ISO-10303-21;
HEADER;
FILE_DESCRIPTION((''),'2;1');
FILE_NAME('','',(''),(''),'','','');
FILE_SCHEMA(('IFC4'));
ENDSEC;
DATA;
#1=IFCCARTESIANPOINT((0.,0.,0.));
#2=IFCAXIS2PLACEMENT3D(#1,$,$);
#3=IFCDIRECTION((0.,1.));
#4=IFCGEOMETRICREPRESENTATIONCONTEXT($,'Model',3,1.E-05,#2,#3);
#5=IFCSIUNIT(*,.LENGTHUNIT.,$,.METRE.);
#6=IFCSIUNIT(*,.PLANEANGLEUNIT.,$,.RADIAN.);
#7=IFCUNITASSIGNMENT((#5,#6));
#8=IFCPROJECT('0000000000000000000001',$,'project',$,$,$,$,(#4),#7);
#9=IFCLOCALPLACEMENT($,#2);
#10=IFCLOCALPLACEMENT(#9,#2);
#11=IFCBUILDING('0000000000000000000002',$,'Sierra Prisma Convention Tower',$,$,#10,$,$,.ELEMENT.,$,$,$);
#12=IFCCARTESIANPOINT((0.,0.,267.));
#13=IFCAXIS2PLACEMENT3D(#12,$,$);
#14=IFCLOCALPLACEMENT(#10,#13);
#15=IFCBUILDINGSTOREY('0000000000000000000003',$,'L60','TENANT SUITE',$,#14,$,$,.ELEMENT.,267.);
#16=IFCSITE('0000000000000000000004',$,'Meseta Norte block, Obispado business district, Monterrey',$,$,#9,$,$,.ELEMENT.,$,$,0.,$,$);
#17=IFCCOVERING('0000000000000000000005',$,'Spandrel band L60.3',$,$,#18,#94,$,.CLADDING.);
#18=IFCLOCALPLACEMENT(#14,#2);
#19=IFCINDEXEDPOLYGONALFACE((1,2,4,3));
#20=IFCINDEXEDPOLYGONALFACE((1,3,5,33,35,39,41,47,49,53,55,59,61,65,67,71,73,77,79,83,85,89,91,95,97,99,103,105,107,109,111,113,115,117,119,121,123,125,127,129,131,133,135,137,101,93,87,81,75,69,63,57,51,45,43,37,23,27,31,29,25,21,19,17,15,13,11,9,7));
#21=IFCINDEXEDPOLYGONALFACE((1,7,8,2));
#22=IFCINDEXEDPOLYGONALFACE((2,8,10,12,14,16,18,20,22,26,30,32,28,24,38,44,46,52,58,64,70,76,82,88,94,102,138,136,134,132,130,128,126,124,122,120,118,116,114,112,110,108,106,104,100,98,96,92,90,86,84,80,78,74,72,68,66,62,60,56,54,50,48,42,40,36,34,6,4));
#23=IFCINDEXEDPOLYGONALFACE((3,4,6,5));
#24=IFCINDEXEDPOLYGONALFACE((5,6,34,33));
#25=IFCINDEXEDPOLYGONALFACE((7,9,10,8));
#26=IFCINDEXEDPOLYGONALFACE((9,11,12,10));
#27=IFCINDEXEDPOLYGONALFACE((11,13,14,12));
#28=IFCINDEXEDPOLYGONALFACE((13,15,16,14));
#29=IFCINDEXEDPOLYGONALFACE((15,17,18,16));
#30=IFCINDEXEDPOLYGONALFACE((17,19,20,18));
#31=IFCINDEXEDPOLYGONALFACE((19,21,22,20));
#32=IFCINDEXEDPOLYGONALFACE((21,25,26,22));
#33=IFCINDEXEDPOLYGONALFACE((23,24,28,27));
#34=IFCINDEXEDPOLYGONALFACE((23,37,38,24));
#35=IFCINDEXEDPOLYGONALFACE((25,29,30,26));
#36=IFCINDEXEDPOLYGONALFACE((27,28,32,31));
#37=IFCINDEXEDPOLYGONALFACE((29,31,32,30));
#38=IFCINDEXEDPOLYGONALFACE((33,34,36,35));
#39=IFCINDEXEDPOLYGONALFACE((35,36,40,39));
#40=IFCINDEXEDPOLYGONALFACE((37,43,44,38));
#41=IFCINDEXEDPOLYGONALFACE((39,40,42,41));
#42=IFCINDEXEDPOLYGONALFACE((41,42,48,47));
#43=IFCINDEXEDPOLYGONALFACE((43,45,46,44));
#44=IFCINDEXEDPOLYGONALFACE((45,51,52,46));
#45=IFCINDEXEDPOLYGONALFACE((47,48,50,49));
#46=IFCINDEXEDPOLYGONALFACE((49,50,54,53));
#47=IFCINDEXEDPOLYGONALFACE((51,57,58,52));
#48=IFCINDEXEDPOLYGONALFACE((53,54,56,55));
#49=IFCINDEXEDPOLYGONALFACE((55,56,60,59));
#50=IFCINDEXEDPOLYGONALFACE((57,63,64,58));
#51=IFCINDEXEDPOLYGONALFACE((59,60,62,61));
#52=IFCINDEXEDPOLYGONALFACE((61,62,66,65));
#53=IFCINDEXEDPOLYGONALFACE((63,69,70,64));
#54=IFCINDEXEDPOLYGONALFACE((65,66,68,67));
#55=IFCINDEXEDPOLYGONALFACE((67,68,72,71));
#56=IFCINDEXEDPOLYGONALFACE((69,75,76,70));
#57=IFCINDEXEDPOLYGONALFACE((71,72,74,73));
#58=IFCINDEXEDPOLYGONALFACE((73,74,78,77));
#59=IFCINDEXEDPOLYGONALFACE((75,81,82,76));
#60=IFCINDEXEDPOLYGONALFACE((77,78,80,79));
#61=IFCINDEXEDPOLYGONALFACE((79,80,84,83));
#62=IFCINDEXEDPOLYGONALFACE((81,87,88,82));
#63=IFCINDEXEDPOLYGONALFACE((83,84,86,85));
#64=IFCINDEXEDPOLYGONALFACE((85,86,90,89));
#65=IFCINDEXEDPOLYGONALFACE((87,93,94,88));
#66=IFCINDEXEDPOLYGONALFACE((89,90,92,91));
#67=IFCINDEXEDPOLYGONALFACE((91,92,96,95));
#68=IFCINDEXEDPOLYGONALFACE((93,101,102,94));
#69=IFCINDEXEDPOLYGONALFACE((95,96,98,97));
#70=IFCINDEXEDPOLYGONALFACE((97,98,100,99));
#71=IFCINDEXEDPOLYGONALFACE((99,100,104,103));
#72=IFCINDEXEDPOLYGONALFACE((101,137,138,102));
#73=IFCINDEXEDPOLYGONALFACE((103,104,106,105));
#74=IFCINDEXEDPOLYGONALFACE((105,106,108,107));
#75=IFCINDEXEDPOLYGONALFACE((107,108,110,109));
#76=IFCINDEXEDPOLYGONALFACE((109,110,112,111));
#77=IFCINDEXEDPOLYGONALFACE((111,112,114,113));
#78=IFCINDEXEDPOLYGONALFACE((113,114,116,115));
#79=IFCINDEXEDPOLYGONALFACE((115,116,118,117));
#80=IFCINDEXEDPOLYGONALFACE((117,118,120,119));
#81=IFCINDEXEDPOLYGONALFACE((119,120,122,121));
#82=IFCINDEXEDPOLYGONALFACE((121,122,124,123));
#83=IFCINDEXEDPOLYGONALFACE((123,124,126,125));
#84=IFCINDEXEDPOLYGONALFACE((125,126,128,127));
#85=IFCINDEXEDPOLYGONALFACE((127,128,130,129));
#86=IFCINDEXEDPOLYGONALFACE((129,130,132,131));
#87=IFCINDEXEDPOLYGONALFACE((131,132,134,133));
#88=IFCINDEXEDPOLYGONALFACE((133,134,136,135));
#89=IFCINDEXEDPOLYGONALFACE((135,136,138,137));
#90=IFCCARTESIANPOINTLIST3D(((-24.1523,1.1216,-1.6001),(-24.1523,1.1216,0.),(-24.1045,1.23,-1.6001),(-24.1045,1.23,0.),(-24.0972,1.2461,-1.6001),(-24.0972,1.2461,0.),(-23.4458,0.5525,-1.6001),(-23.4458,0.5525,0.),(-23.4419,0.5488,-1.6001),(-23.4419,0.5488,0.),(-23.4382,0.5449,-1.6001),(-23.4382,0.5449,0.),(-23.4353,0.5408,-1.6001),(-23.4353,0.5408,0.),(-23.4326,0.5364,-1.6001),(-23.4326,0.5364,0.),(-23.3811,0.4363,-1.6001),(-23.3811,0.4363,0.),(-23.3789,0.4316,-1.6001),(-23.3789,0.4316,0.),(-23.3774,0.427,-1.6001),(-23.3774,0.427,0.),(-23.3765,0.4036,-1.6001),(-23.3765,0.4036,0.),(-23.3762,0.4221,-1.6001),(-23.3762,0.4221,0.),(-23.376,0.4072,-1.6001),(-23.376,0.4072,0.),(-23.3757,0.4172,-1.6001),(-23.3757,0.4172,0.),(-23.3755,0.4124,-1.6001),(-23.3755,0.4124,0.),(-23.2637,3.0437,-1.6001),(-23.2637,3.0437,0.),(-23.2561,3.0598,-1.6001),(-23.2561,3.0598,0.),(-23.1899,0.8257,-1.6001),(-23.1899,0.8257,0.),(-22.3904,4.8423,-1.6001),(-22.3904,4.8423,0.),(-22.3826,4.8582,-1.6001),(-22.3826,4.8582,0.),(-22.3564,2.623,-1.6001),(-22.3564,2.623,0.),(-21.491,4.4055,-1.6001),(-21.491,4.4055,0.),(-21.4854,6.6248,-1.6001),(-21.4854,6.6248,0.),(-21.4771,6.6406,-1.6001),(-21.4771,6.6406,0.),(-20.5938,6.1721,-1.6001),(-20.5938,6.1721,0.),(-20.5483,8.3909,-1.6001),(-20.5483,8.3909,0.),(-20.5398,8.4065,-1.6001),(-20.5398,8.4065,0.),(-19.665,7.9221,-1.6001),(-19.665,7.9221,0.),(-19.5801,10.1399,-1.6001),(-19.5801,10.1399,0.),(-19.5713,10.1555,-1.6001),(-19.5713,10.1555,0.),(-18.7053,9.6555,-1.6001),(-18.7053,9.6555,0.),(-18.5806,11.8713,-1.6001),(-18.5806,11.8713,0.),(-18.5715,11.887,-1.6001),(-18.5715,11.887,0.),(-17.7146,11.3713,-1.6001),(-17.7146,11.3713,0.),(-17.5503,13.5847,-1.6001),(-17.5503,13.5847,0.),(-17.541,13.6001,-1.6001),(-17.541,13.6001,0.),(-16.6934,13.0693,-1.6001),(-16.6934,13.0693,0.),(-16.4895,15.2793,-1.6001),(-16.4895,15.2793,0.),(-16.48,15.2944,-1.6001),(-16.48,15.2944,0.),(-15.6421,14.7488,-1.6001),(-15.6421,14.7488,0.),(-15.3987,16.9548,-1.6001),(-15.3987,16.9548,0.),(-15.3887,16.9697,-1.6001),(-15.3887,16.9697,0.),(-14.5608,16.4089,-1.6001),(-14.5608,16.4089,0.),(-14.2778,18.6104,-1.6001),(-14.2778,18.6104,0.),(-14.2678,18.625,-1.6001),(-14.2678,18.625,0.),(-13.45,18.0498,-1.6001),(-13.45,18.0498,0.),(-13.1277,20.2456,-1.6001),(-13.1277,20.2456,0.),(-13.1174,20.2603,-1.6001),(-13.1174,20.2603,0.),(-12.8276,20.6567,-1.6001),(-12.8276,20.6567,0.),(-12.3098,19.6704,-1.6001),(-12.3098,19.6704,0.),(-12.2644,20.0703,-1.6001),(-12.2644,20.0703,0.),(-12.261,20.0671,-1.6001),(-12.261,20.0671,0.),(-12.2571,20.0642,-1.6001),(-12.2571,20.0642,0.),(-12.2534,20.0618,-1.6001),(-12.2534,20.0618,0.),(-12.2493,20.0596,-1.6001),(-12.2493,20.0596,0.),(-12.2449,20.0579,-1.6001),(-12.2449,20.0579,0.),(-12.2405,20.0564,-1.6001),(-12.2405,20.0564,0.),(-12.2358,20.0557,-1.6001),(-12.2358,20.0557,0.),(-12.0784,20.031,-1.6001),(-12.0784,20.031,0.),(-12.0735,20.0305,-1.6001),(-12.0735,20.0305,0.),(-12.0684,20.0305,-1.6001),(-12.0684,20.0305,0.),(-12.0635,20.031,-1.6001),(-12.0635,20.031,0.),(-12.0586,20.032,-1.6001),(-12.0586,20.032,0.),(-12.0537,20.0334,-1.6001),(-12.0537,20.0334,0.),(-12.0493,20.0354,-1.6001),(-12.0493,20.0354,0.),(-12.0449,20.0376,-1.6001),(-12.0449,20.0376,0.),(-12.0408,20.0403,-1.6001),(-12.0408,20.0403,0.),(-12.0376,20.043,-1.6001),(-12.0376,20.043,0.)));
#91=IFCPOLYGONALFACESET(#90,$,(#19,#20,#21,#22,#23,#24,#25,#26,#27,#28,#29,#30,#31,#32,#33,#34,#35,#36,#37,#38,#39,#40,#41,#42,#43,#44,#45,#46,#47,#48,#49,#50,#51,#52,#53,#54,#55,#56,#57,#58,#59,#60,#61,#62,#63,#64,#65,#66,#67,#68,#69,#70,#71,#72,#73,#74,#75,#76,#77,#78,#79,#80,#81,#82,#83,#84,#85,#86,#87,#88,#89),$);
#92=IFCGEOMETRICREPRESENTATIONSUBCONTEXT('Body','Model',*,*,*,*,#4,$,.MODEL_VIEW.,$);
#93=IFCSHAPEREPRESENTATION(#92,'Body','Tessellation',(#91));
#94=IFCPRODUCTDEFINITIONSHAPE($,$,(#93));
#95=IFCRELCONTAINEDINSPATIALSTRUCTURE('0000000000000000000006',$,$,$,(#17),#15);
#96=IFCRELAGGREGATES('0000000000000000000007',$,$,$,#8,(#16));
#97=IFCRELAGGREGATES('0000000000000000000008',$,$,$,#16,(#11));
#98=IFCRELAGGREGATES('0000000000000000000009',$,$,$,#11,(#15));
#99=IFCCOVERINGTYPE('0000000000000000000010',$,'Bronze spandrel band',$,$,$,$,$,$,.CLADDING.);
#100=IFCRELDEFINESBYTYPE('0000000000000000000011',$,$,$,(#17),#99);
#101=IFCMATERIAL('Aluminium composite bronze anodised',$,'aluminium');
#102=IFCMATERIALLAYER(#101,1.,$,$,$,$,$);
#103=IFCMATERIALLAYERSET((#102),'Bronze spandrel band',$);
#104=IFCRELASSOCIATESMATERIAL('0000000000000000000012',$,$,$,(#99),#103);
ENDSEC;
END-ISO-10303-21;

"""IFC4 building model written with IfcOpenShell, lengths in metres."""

from ifc_helpers import new_model, si_unit, direction, frame, origin, place, context, subcontext, project, spatial, polyline, outline, extrude, material, layer, layer_set, type_object, element, save


model = new_model("IFC4")

# Units and contexts
model_context = context("Model", 3, precision=1e-05, world=origin(), true_north=direction((0.0, 1.0)))
body_context = subcontext(model_context, "Body", "Model", "MODEL_VIEW")
ifc_project = project(units=[si_unit("LENGTHUNIT", "METRE"), si_unit("PLANEANGLEUNIT", "RADIAN")], contexts=[model_context])

# Site, building, storey
site_placement = place(None, origin())
site = spatial("IfcSite", under=ifc_project, at=site_placement, Name="Meseta Norte block, Obispado business district, Monterrey", CompositionType="ELEMENT", RefElevation=0.0)
building_placement = place(site_placement, origin())
building = spatial("IfcBuilding", under=site, at=building_placement, Name="Sierra Prisma Convention Tower", CompositionType="ELEMENT")
storey_placement = place(building_placement, frame((0.0, 0.0, 267.0)))
storey = spatial("IfcBuildingStorey", under=building, at=storey_placement, Name="L60", Description="TENANT SUITE", CompositionType="ELEMENT", Elevation=267.0)

# Covering
ifc_material_1 = material(Name="Aluminium composite bronze anodised", Category="aluminium")
ifc_layer_1 = layer(ifc_material_1, 1.0)
ifc_layer_set_1 = layer_set([ifc_layer_1], Name="Bronze spandrel band")
covering_type = type_object("IfcCoveringType", Name="Bronze spandrel band", PredefinedType="CLADDING", material=ifc_layer_set_1)
covering_1_placement = place(storey_placement, frame((0.0, 0.0, -1.6001)))
element("IfcCovering", 1, at=covering_1_placement, inside=storey, type_object=covering_type, Name="Spandrel band L60.3", PredefinedType="CLADDING", context=body_context, shape_type="SweptSolid", body=[
    extrude(outline(polyline([(-21.4854, 6.6248), (-21.4771, 6.6406), (-20.5483, 8.3909), (-20.5398, 8.4065), (-19.5801, 10.1399), (-19.5713, 10.1555), (-18.5806, 11.8713), (-18.5715, 11.887), (-17.5503, 13.5847), (-17.541, 13.6001), (-16.4895, 15.2793), (-16.48, 15.2944), (-15.3987, 16.9548), (-15.3887, 16.9697), (-14.2778, 18.6104), (-14.2678, 18.625), (-13.1277, 20.2456), (-13.1174, 20.2603), (-12.8276, 20.6567), (-12.2644, 20.0703), (-12.261, 20.0671), (-12.2571, 20.0642), (-12.2534, 20.0618), (-12.2493, 20.0596), (-12.2449, 20.0579), (-12.2405, 20.0564), (-12.2358, 20.0557), (-12.0784, 20.031), (-12.0735, 20.0305), (-12.0684, 20.0305), (-12.0635, 20.031), (-12.0586, 20.032), (-12.0537, 20.0334), (-12.0493, 20.0354), (-12.0449, 20.0376), (-12.0408, 20.0403), (-12.0376, 20.043), (-12.3098, 19.6704), (-13.45, 18.0498), (-14.5608, 16.4089), (-15.6421, 14.7488), (-16.6934, 13.0693), (-17.7146, 11.3713), (-18.7053, 9.6555), (-19.665, 7.9221), (-20.5938, 6.1721), (-21.491, 4.4055), (-22.3564, 2.623), (-23.1899, 0.8257), (-23.3765, 0.4036), (-23.376, 0.4072), (-23.3755, 0.4124), (-23.3757, 0.4172), (-23.3762, 0.4221), (-23.3774, 0.427), (-23.3789, 0.4316), (-23.3811, 0.4363), (-23.4326, 0.5364), (-23.4353, 0.5408), (-23.4382, 0.5449), (-23.4419, 0.5488), (-23.4458, 0.5525), (-24.1523, 1.1216), (-24.1045, 1.23), (-24.0972, 1.2461), (-23.2637, 3.0437), (-23.2561, 3.0598), (-22.3904, 4.8423), (-22.3826, 4.8582), (-21.4854, 6.6248)])), origin(), (0.0, 0.0, 1.0), 1.6001),
])

save(model, "model.ifc")
